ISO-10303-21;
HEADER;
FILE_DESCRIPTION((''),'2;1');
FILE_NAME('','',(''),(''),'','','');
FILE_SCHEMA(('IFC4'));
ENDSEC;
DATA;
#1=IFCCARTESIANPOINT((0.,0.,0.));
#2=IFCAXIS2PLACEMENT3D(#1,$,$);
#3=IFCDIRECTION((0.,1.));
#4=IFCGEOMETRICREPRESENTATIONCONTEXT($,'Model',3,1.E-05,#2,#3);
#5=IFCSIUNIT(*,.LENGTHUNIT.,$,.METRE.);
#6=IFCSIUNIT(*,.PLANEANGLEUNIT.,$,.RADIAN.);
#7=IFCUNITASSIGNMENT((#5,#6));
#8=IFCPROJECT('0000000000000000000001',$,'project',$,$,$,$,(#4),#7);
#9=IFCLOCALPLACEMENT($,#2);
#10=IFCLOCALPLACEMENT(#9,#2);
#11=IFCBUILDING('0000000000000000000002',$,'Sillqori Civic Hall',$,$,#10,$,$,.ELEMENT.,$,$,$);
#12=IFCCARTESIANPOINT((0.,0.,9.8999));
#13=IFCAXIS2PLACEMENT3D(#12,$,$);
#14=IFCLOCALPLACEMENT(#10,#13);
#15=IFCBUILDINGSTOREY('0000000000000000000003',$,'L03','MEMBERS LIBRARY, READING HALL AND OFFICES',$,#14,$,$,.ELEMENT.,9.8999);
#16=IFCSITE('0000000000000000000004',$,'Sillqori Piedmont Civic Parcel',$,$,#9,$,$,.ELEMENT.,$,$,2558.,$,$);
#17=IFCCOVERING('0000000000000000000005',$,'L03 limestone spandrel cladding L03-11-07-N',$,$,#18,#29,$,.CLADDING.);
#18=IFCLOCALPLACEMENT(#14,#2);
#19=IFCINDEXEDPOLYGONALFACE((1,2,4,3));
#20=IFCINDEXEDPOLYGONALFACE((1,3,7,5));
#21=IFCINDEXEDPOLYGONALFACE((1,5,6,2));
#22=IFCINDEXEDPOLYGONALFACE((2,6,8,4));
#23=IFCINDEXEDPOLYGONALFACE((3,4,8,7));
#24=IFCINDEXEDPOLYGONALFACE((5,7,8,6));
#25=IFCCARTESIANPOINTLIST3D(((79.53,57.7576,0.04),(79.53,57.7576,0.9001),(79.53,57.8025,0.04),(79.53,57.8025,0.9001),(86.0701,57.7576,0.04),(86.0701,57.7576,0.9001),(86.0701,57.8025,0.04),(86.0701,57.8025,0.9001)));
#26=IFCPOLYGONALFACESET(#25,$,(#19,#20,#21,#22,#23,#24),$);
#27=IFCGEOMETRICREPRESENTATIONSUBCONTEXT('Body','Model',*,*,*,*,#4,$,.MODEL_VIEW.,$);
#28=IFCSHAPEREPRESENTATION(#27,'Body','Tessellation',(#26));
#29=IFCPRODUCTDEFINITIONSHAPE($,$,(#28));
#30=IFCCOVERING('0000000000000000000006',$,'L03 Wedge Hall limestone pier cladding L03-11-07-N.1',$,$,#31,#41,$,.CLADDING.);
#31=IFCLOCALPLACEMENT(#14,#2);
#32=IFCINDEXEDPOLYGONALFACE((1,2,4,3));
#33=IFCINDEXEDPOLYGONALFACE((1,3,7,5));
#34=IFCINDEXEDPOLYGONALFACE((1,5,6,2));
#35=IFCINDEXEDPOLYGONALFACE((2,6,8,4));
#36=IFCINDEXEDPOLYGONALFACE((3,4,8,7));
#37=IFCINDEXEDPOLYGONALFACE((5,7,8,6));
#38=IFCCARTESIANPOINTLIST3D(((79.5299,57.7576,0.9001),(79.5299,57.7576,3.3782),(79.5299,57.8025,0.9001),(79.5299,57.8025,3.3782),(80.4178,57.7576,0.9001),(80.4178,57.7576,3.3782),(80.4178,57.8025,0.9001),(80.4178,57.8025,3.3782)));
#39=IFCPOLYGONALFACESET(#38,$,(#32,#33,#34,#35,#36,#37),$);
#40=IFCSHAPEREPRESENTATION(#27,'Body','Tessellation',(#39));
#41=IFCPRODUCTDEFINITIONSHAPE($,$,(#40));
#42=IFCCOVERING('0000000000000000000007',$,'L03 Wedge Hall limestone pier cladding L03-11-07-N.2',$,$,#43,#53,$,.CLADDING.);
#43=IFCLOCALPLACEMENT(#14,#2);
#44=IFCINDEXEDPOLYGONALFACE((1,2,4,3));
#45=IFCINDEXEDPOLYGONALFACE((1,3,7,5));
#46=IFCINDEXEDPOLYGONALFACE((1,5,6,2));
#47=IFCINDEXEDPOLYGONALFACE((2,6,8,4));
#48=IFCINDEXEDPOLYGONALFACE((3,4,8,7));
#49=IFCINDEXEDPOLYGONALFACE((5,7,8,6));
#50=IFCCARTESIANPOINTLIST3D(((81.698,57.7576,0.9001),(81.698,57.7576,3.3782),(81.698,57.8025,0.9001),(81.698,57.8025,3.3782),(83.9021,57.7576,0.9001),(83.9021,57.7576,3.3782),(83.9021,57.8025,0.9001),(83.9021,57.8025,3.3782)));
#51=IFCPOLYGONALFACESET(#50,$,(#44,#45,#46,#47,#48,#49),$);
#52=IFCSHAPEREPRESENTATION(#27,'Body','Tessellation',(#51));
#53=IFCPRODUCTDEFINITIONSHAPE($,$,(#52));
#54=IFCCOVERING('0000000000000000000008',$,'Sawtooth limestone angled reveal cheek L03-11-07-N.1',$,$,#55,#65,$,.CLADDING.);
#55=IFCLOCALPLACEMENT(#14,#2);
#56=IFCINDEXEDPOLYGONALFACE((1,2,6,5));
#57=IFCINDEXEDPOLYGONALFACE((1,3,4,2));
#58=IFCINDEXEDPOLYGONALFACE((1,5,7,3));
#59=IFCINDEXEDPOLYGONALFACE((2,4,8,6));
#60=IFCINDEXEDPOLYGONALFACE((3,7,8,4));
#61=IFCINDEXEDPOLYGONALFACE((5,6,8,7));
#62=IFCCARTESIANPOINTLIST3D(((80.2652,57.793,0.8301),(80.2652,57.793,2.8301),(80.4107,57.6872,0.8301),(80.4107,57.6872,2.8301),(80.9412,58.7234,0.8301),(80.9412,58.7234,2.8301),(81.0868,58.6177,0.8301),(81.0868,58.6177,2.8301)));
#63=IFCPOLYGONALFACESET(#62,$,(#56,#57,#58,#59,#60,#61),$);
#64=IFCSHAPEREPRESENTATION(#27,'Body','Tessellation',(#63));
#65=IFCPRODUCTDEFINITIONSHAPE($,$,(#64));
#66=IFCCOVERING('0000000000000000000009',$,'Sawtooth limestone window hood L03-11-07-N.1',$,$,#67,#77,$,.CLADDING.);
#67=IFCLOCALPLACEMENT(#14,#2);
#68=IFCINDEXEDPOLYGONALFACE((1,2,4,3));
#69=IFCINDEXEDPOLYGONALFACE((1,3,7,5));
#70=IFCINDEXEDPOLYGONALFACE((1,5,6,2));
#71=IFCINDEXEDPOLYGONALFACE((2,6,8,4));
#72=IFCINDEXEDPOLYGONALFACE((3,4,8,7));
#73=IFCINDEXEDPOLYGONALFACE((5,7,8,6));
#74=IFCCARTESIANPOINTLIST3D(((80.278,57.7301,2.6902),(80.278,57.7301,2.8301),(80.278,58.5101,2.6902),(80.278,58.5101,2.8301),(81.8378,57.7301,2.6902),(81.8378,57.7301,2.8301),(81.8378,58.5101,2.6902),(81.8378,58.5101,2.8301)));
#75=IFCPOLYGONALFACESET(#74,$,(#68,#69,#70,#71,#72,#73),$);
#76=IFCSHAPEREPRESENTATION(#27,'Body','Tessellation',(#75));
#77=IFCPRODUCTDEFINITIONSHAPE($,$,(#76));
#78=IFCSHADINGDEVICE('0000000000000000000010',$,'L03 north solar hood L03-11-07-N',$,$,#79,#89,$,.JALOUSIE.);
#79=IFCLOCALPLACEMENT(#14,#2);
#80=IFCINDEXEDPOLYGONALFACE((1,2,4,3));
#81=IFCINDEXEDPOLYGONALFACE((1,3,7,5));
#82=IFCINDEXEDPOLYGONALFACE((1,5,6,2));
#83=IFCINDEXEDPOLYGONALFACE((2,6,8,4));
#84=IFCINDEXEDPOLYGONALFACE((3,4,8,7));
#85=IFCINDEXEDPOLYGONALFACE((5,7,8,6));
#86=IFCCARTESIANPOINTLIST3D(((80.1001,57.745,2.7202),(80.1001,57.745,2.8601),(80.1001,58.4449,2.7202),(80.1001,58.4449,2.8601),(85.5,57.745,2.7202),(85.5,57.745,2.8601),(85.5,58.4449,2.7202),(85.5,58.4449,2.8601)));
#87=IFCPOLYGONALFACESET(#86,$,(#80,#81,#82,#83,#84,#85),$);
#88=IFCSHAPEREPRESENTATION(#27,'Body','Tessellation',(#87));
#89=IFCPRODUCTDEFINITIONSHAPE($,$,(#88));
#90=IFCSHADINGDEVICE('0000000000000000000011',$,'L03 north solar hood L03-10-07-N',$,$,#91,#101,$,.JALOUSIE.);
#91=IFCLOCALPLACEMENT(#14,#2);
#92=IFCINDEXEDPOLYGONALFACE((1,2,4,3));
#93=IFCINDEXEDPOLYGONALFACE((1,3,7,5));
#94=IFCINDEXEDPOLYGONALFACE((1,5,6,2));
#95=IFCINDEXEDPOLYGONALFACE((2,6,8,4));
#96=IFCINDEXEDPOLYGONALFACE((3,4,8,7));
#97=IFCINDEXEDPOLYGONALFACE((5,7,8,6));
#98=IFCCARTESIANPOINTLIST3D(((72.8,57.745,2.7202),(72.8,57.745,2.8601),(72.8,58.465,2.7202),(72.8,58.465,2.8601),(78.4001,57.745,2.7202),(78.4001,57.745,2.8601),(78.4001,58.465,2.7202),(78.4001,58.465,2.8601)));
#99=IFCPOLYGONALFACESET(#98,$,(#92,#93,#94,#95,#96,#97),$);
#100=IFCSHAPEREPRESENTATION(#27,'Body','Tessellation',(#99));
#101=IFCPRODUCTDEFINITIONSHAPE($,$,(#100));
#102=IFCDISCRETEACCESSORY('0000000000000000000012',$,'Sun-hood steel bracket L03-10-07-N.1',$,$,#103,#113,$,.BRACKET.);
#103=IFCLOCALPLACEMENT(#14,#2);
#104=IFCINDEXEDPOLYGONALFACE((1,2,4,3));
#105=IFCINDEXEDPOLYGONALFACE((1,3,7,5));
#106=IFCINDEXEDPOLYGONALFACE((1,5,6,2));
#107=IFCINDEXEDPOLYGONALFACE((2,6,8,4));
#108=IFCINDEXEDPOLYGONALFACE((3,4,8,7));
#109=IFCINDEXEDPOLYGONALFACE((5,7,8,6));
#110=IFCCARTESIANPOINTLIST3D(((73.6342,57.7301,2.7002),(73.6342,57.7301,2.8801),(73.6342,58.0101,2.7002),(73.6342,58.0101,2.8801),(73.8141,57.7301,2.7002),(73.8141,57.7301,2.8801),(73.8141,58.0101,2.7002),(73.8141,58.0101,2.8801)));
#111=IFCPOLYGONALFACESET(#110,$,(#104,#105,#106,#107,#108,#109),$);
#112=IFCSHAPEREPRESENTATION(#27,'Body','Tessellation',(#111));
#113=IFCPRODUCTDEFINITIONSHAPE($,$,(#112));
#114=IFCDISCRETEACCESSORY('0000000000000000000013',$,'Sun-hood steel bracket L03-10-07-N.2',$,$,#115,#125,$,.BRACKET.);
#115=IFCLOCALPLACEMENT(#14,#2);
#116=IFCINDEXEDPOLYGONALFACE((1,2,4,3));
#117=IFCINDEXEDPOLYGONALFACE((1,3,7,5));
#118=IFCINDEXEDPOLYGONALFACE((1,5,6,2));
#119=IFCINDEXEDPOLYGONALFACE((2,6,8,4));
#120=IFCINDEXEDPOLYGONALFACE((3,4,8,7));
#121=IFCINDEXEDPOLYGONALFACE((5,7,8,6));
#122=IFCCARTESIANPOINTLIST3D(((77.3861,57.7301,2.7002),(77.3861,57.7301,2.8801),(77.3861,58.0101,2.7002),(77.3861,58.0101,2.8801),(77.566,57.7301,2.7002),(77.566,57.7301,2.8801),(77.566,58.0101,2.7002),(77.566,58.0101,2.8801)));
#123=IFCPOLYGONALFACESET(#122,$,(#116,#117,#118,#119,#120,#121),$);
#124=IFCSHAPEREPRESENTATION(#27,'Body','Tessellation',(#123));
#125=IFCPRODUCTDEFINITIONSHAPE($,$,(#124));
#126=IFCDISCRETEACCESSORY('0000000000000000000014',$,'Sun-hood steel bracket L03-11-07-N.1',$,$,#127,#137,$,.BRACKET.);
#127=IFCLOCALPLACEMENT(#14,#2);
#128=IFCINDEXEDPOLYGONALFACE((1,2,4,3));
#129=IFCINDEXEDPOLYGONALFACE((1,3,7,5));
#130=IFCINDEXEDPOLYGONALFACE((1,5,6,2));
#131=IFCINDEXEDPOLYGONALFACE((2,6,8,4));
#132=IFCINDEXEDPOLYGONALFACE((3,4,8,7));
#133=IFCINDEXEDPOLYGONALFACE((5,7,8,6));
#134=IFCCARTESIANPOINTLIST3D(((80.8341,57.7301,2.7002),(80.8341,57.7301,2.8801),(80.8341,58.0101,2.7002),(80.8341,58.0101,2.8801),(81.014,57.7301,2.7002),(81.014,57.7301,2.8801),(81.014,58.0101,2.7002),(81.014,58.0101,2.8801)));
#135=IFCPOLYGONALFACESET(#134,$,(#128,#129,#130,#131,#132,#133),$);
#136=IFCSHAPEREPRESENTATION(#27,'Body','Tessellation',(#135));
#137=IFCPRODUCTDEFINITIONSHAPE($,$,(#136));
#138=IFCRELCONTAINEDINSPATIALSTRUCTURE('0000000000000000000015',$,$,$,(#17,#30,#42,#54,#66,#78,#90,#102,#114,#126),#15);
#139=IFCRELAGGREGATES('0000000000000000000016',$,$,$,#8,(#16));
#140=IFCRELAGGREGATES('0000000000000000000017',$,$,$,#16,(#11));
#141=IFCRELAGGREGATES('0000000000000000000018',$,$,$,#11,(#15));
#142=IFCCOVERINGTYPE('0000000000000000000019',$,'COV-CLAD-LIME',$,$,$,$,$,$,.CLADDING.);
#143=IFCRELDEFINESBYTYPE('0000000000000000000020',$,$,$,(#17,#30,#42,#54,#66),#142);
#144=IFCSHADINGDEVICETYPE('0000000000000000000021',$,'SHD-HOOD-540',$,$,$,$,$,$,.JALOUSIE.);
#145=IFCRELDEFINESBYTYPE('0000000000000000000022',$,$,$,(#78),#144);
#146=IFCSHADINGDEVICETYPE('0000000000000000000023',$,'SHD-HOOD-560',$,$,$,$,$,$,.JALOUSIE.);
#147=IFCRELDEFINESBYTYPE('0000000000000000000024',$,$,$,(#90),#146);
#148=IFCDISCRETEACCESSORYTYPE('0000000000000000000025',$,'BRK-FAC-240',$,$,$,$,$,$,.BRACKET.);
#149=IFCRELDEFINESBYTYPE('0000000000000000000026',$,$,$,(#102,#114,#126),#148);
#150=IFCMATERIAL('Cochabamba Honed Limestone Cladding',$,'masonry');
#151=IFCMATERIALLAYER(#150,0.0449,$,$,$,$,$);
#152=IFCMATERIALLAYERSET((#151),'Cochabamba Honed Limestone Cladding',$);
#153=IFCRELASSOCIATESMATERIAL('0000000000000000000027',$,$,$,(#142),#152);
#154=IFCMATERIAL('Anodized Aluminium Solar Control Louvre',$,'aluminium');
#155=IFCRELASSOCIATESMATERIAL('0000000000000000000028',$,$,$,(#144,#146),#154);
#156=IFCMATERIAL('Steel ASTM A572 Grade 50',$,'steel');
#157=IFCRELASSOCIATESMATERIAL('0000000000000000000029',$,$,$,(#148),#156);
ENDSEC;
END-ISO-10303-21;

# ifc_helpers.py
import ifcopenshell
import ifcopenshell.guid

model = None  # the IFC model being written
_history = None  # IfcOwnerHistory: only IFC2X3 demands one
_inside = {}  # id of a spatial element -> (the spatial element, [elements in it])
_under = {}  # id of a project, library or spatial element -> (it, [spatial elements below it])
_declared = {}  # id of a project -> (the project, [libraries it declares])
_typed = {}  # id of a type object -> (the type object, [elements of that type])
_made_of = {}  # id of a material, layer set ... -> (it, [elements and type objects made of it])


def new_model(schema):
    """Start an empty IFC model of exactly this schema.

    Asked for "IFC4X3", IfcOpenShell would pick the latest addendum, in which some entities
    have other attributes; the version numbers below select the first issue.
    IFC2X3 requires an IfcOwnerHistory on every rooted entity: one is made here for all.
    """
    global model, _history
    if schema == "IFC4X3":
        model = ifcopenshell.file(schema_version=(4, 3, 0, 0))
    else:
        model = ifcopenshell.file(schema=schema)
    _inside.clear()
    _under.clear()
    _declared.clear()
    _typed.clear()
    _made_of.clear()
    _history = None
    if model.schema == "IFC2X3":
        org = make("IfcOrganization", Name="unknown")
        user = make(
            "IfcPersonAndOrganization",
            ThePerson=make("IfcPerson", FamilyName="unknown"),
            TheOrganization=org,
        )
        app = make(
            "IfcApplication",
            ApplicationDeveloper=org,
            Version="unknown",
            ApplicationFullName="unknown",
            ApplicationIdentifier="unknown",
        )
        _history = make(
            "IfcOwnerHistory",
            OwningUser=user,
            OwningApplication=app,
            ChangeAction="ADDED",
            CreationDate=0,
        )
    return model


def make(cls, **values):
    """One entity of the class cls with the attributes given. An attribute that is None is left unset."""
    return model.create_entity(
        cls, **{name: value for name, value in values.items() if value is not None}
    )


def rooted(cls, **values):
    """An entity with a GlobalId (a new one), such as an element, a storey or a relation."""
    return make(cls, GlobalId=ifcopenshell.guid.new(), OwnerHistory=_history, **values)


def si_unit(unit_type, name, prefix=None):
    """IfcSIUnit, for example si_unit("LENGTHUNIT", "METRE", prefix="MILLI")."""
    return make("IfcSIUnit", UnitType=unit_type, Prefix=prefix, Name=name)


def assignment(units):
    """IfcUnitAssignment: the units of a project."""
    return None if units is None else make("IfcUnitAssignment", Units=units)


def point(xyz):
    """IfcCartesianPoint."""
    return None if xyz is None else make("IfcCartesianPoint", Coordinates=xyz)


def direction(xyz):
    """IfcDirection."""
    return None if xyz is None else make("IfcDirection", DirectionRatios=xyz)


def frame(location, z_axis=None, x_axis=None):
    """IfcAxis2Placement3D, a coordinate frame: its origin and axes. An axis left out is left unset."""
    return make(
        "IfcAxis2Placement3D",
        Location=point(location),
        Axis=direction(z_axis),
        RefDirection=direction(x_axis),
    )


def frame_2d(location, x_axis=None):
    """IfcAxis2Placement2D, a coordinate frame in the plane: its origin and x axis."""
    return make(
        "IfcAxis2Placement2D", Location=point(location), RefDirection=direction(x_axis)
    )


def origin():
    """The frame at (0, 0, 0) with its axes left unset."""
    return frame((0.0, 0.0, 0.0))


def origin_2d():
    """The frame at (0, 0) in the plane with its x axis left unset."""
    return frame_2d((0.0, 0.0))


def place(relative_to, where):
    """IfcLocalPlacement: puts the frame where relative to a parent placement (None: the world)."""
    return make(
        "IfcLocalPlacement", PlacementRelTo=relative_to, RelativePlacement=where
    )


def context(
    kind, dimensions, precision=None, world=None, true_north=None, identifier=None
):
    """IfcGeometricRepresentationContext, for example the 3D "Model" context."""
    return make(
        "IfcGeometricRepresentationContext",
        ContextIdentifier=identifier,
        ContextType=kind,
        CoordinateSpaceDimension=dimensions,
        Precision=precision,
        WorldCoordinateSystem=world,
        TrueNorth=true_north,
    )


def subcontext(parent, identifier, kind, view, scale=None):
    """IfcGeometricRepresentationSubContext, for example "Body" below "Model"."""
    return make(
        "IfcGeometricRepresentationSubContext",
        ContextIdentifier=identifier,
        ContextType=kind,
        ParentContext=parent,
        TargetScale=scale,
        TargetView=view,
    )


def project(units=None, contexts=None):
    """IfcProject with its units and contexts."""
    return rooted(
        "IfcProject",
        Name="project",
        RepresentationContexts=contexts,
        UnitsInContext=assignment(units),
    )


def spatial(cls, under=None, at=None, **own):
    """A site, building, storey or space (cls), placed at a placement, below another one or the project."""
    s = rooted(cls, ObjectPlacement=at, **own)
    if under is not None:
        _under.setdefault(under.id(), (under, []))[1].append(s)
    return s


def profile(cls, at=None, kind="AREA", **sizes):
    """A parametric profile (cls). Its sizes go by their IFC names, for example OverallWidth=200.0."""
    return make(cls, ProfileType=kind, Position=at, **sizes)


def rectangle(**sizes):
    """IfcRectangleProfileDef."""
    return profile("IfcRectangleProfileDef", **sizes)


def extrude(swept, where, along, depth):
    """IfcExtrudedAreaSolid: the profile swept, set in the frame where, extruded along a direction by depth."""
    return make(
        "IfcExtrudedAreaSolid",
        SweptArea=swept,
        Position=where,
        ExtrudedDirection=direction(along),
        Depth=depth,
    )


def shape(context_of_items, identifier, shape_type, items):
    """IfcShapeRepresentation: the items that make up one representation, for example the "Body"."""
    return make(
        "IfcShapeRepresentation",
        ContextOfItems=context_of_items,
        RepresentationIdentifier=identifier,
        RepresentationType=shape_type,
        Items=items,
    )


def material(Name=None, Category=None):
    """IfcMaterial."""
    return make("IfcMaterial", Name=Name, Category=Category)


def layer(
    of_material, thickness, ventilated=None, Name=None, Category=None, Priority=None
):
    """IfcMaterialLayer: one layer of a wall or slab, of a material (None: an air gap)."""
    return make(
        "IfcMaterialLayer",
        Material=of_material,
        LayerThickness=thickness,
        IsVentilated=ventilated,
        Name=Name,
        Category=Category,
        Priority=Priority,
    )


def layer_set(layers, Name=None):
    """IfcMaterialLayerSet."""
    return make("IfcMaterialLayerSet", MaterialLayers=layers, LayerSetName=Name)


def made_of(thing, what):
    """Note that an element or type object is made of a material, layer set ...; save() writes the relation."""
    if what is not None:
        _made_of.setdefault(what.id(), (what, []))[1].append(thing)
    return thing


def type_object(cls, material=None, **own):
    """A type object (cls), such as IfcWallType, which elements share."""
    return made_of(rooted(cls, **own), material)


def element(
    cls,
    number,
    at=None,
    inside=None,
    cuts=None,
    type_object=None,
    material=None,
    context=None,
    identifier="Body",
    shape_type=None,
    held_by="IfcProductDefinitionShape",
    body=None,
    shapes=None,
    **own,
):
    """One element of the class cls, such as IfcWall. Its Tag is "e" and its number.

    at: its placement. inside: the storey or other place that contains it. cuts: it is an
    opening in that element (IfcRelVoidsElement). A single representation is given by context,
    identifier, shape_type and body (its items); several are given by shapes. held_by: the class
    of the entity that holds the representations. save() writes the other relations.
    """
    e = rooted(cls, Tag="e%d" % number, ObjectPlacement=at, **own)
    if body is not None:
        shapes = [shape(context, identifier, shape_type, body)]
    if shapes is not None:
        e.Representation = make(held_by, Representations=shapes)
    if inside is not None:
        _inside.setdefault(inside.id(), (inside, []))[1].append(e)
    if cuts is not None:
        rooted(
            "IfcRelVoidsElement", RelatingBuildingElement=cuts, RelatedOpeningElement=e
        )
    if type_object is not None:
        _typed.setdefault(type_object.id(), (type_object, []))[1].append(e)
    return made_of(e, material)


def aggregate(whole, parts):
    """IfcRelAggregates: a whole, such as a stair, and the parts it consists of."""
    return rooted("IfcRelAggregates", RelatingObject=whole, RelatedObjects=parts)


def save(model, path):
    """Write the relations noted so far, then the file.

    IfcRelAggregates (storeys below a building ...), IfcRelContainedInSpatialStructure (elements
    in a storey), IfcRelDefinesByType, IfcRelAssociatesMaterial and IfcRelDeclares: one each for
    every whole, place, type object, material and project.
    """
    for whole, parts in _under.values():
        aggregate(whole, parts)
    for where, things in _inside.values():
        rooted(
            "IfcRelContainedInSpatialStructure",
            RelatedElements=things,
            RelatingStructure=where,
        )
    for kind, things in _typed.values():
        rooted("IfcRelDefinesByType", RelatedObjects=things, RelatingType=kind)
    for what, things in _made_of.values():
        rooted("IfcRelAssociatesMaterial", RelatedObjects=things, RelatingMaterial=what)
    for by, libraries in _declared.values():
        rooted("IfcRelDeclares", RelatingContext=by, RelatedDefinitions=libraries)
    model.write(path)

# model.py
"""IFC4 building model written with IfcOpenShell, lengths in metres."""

from ifc_helpers import new_model, si_unit, direction, frame, frame_2d, origin, origin_2d, place, context, subcontext, project, spatial, rectangle, extrude, material, layer, layer_set, type_object, element, save


model = new_model("IFC4")

# Units and contexts
model_context = context("Model", 3, precision=1e-05, world=origin(), true_north=direction((0.0, 1.0)))
body_context = subcontext(model_context, "Body", "Model", "MODEL_VIEW")
ifc_project = project(units=[si_unit("LENGTHUNIT", "METRE"), si_unit("PLANEANGLEUNIT", "RADIAN")], contexts=[model_context])

# Site, building, storey
site_placement = place(None, origin())
site = spatial("IfcSite", under=ifc_project, at=site_placement, Name="Sillqori Piedmont Civic Parcel", CompositionType="ELEMENT", RefElevation=2558.0)
building_placement = place(site_placement, origin())
building = spatial("IfcBuilding", under=site, at=building_placement, Name="Sillqori Civic Hall", CompositionType="ELEMENT")
storey_placement = place(building_placement, frame((0.0, 0.0, 9.8999)))
storey = spatial("IfcBuildingStorey", under=building, at=storey_placement, Name="L03", Description="MEMBERS LIBRARY, READING HALL AND OFFICES", CompositionType="ELEMENT", Elevation=9.8999)

# Coverings
ifc_material_1 = material(Name="Cochabamba Honed Limestone Cladding", Category="masonry")
ifc_layer_1 = layer(ifc_material_1, 0.0449)
ifc_layer_set_1 = layer_set([ifc_layer_1], Name="Cochabamba Honed Limestone Cladding")
covering_type = type_object("IfcCoveringType", Name="COV-CLAD-LIME", PredefinedType="CLADDING", material=ifc_layer_set_1)
covering_1_placement = place(storey_placement, frame((79.53, 57.78, 0.04), z_axis=(0.0, 0.0, 1.0), x_axis=(1.0, 0.0, 0.0)))
element("IfcCovering", 1, at=covering_1_placement, inside=storey, type_object=covering_type, Name="L03 limestone spandrel cladding L03-11-07-N", PredefinedType="CLADDING", context=body_context, shape_type="SweptSolid", body=[
    extrude(rectangle(XDim=6.54, YDim=0.0449, at=frame_2d((3.27, 0.0))), origin(), (0.0, 0.0, 1.0), 0.8601),
])
covering_2_placement = place(storey_placement, frame((79.53, 57.78, 0.9001), z_axis=(0.0, 0.0, 1.0), x_axis=(1.0, 0.0, 0.0)))
element("IfcCovering", 2, at=covering_2_placement, inside=storey, type_object=covering_type, Name="L03 Wedge Hall limestone pier cladding L03-11-07-N.1", PredefinedType="CLADDING", context=body_context, shape_type="SweptSolid", body=[
    extrude(rectangle(XDim=0.8879, YDim=0.0449, at=frame_2d((0.4438, 0.0))), origin(), (0.0, 0.0, 1.0), 2.478),
])
covering_3_placement = place(storey_placement, frame((81.698, 57.78, 0.9001), z_axis=(0.0, 0.0, 1.0), x_axis=(1.0, 0.0, 0.0)))
element("IfcCovering", 3, at=covering_3_placement, inside=storey, type_object=covering_type, Name="L03 Wedge Hall limestone pier cladding L03-11-07-N.2", PredefinedType="CLADDING", context=body_context, shape_type="SweptSolid", body=[
    extrude(rectangle(XDim=2.2041, YDim=0.0449, at=frame_2d((1.1021, 0.0))), origin(), (0.0, 0.0, 1.0), 2.478),
])
covering_4_placement = place(storey_placement, frame((80.3379, 57.74, 0.8301), z_axis=(0.0, 0.0, 1.0), x_axis=(0.587806, 0.809002, 0.0)))
element("IfcCovering", 4, at=covering_4_placement, inside=storey, type_object=covering_type, Name="Sawtooth limestone angled reveal cheek L03-11-07-N.1", PredefinedType="CLADDING", context=body_context, shape_type="SweptSolid", body=[
    extrude(rectangle(XDim=1.1501, YDim=0.1799, at=frame_2d((0.5752, 0.0))), origin(), (0.0, 0.0, 1.0), 2.0),
])
covering_5_placement = place(storey_placement, frame((80.2781, 58.1201, 2.6902), z_axis=(0.0, 0.0, 1.0), x_axis=(1.0, 0.0, 0.0)))
element("IfcCovering", 5, at=covering_5_placement, inside=storey, type_object=covering_type, Name="Sawtooth limestone window hood L03-11-07-N.1", PredefinedType="CLADDING", context=body_context, shape_type="SweptSolid", body=[
    extrude(rectangle(XDim=1.5598, YDim=0.78, at=frame_2d((0.7798, 0.0))), origin(), (0.0, 0.0, 1.0), 0.1399),
])

# Shading devices
ifc_material_2 = material(Name="Anodized Aluminium Solar Control Louvre", Category="aluminium")
shading_device_type_1 = type_object("IfcShadingDeviceType", Name="SHD-HOOD-540", PredefinedType="JALOUSIE", material=ifc_material_2)
shading_device_1_placement = place(storey_placement, frame((82.8, 58.095, 2.7202), z_axis=(0.0, 0.0, 1.0), x_axis=(1.0, 0.0, 0.0)))
element("IfcShadingDevice", 6, at=shading_device_1_placement, inside=storey, type_object=shading_device_type_1, Name="L03 north solar hood L03-11-07-N", PredefinedType="JALOUSIE", context=body_context, shape_type="SweptSolid", body=[
    extrude(rectangle(XDim=5.3999, YDim=0.7, at=origin_2d()), origin(), (0.0, 0.0, 1.0), 0.1399),
])
shading_device_type_2 = type_object("IfcShadingDeviceType", Name="SHD-HOOD-560", PredefinedType="JALOUSIE", material=ifc_material_2)
shading_device_2_placement = place(storey_placement, frame((75.6001, 58.105, 2.7202), z_axis=(0.0, 0.0, 1.0), x_axis=(1.0, 0.0, 0.0)))
element("IfcShadingDevice", 7, at=shading_device_2_placement, inside=storey, type_object=shading_device_type_2, Name="L03 north solar hood L03-10-07-N", PredefinedType="JALOUSIE", context=body_context, shape_type="SweptSolid", body=[
    extrude(rectangle(XDim=5.6001, YDim=0.72, at=origin_2d()), origin(), (0.0, 0.0, 1.0), 0.1399),
])

# Discrete accessories
ifc_material_3 = material(Name="Steel ASTM A572 Grade 50", Category="steel")
discrete_accessory_type = type_object("IfcDiscreteAccessoryType", Name="BRK-FAC-240", PredefinedType="BRACKET", material=ifc_material_3)
for number, where, z_axis, x_axis, name in (
    (8, (73.7241, 57.8701, 2.7002), (0.0, 0.0, 1.0), (1.0, 0.0, 0.0), "Sun-hood steel bracket L03-10-07-N.1"),
    (9, (77.4761, 57.8701, 2.7002), (0.0, 0.0, 1.0), (1.0, 0.0, 0.0), "Sun-hood steel bracket L03-10-07-N.2"),
    (10, (80.9241, 57.8701, 2.7002), (0.0, 0.0, 1.0), (1.0, 0.0, 0.0), "Sun-hood steel bracket L03-11-07-N.1"),
):
    element("IfcDiscreteAccessory", number, at=place(storey_placement, frame(where, z_axis=z_axis, x_axis=x_axis)), inside=storey, type_object=discrete_accessory_type, Name=name, PredefinedType="BRACKET", context=body_context, shape_type="SweptSolid", body=[
        extrude(rectangle(XDim=0.1799, YDim=0.28, at=origin_2d()), origin(), (0.0, 0.0, 1.0), 0.1799),
    ])

save(model, "model.ifc")
